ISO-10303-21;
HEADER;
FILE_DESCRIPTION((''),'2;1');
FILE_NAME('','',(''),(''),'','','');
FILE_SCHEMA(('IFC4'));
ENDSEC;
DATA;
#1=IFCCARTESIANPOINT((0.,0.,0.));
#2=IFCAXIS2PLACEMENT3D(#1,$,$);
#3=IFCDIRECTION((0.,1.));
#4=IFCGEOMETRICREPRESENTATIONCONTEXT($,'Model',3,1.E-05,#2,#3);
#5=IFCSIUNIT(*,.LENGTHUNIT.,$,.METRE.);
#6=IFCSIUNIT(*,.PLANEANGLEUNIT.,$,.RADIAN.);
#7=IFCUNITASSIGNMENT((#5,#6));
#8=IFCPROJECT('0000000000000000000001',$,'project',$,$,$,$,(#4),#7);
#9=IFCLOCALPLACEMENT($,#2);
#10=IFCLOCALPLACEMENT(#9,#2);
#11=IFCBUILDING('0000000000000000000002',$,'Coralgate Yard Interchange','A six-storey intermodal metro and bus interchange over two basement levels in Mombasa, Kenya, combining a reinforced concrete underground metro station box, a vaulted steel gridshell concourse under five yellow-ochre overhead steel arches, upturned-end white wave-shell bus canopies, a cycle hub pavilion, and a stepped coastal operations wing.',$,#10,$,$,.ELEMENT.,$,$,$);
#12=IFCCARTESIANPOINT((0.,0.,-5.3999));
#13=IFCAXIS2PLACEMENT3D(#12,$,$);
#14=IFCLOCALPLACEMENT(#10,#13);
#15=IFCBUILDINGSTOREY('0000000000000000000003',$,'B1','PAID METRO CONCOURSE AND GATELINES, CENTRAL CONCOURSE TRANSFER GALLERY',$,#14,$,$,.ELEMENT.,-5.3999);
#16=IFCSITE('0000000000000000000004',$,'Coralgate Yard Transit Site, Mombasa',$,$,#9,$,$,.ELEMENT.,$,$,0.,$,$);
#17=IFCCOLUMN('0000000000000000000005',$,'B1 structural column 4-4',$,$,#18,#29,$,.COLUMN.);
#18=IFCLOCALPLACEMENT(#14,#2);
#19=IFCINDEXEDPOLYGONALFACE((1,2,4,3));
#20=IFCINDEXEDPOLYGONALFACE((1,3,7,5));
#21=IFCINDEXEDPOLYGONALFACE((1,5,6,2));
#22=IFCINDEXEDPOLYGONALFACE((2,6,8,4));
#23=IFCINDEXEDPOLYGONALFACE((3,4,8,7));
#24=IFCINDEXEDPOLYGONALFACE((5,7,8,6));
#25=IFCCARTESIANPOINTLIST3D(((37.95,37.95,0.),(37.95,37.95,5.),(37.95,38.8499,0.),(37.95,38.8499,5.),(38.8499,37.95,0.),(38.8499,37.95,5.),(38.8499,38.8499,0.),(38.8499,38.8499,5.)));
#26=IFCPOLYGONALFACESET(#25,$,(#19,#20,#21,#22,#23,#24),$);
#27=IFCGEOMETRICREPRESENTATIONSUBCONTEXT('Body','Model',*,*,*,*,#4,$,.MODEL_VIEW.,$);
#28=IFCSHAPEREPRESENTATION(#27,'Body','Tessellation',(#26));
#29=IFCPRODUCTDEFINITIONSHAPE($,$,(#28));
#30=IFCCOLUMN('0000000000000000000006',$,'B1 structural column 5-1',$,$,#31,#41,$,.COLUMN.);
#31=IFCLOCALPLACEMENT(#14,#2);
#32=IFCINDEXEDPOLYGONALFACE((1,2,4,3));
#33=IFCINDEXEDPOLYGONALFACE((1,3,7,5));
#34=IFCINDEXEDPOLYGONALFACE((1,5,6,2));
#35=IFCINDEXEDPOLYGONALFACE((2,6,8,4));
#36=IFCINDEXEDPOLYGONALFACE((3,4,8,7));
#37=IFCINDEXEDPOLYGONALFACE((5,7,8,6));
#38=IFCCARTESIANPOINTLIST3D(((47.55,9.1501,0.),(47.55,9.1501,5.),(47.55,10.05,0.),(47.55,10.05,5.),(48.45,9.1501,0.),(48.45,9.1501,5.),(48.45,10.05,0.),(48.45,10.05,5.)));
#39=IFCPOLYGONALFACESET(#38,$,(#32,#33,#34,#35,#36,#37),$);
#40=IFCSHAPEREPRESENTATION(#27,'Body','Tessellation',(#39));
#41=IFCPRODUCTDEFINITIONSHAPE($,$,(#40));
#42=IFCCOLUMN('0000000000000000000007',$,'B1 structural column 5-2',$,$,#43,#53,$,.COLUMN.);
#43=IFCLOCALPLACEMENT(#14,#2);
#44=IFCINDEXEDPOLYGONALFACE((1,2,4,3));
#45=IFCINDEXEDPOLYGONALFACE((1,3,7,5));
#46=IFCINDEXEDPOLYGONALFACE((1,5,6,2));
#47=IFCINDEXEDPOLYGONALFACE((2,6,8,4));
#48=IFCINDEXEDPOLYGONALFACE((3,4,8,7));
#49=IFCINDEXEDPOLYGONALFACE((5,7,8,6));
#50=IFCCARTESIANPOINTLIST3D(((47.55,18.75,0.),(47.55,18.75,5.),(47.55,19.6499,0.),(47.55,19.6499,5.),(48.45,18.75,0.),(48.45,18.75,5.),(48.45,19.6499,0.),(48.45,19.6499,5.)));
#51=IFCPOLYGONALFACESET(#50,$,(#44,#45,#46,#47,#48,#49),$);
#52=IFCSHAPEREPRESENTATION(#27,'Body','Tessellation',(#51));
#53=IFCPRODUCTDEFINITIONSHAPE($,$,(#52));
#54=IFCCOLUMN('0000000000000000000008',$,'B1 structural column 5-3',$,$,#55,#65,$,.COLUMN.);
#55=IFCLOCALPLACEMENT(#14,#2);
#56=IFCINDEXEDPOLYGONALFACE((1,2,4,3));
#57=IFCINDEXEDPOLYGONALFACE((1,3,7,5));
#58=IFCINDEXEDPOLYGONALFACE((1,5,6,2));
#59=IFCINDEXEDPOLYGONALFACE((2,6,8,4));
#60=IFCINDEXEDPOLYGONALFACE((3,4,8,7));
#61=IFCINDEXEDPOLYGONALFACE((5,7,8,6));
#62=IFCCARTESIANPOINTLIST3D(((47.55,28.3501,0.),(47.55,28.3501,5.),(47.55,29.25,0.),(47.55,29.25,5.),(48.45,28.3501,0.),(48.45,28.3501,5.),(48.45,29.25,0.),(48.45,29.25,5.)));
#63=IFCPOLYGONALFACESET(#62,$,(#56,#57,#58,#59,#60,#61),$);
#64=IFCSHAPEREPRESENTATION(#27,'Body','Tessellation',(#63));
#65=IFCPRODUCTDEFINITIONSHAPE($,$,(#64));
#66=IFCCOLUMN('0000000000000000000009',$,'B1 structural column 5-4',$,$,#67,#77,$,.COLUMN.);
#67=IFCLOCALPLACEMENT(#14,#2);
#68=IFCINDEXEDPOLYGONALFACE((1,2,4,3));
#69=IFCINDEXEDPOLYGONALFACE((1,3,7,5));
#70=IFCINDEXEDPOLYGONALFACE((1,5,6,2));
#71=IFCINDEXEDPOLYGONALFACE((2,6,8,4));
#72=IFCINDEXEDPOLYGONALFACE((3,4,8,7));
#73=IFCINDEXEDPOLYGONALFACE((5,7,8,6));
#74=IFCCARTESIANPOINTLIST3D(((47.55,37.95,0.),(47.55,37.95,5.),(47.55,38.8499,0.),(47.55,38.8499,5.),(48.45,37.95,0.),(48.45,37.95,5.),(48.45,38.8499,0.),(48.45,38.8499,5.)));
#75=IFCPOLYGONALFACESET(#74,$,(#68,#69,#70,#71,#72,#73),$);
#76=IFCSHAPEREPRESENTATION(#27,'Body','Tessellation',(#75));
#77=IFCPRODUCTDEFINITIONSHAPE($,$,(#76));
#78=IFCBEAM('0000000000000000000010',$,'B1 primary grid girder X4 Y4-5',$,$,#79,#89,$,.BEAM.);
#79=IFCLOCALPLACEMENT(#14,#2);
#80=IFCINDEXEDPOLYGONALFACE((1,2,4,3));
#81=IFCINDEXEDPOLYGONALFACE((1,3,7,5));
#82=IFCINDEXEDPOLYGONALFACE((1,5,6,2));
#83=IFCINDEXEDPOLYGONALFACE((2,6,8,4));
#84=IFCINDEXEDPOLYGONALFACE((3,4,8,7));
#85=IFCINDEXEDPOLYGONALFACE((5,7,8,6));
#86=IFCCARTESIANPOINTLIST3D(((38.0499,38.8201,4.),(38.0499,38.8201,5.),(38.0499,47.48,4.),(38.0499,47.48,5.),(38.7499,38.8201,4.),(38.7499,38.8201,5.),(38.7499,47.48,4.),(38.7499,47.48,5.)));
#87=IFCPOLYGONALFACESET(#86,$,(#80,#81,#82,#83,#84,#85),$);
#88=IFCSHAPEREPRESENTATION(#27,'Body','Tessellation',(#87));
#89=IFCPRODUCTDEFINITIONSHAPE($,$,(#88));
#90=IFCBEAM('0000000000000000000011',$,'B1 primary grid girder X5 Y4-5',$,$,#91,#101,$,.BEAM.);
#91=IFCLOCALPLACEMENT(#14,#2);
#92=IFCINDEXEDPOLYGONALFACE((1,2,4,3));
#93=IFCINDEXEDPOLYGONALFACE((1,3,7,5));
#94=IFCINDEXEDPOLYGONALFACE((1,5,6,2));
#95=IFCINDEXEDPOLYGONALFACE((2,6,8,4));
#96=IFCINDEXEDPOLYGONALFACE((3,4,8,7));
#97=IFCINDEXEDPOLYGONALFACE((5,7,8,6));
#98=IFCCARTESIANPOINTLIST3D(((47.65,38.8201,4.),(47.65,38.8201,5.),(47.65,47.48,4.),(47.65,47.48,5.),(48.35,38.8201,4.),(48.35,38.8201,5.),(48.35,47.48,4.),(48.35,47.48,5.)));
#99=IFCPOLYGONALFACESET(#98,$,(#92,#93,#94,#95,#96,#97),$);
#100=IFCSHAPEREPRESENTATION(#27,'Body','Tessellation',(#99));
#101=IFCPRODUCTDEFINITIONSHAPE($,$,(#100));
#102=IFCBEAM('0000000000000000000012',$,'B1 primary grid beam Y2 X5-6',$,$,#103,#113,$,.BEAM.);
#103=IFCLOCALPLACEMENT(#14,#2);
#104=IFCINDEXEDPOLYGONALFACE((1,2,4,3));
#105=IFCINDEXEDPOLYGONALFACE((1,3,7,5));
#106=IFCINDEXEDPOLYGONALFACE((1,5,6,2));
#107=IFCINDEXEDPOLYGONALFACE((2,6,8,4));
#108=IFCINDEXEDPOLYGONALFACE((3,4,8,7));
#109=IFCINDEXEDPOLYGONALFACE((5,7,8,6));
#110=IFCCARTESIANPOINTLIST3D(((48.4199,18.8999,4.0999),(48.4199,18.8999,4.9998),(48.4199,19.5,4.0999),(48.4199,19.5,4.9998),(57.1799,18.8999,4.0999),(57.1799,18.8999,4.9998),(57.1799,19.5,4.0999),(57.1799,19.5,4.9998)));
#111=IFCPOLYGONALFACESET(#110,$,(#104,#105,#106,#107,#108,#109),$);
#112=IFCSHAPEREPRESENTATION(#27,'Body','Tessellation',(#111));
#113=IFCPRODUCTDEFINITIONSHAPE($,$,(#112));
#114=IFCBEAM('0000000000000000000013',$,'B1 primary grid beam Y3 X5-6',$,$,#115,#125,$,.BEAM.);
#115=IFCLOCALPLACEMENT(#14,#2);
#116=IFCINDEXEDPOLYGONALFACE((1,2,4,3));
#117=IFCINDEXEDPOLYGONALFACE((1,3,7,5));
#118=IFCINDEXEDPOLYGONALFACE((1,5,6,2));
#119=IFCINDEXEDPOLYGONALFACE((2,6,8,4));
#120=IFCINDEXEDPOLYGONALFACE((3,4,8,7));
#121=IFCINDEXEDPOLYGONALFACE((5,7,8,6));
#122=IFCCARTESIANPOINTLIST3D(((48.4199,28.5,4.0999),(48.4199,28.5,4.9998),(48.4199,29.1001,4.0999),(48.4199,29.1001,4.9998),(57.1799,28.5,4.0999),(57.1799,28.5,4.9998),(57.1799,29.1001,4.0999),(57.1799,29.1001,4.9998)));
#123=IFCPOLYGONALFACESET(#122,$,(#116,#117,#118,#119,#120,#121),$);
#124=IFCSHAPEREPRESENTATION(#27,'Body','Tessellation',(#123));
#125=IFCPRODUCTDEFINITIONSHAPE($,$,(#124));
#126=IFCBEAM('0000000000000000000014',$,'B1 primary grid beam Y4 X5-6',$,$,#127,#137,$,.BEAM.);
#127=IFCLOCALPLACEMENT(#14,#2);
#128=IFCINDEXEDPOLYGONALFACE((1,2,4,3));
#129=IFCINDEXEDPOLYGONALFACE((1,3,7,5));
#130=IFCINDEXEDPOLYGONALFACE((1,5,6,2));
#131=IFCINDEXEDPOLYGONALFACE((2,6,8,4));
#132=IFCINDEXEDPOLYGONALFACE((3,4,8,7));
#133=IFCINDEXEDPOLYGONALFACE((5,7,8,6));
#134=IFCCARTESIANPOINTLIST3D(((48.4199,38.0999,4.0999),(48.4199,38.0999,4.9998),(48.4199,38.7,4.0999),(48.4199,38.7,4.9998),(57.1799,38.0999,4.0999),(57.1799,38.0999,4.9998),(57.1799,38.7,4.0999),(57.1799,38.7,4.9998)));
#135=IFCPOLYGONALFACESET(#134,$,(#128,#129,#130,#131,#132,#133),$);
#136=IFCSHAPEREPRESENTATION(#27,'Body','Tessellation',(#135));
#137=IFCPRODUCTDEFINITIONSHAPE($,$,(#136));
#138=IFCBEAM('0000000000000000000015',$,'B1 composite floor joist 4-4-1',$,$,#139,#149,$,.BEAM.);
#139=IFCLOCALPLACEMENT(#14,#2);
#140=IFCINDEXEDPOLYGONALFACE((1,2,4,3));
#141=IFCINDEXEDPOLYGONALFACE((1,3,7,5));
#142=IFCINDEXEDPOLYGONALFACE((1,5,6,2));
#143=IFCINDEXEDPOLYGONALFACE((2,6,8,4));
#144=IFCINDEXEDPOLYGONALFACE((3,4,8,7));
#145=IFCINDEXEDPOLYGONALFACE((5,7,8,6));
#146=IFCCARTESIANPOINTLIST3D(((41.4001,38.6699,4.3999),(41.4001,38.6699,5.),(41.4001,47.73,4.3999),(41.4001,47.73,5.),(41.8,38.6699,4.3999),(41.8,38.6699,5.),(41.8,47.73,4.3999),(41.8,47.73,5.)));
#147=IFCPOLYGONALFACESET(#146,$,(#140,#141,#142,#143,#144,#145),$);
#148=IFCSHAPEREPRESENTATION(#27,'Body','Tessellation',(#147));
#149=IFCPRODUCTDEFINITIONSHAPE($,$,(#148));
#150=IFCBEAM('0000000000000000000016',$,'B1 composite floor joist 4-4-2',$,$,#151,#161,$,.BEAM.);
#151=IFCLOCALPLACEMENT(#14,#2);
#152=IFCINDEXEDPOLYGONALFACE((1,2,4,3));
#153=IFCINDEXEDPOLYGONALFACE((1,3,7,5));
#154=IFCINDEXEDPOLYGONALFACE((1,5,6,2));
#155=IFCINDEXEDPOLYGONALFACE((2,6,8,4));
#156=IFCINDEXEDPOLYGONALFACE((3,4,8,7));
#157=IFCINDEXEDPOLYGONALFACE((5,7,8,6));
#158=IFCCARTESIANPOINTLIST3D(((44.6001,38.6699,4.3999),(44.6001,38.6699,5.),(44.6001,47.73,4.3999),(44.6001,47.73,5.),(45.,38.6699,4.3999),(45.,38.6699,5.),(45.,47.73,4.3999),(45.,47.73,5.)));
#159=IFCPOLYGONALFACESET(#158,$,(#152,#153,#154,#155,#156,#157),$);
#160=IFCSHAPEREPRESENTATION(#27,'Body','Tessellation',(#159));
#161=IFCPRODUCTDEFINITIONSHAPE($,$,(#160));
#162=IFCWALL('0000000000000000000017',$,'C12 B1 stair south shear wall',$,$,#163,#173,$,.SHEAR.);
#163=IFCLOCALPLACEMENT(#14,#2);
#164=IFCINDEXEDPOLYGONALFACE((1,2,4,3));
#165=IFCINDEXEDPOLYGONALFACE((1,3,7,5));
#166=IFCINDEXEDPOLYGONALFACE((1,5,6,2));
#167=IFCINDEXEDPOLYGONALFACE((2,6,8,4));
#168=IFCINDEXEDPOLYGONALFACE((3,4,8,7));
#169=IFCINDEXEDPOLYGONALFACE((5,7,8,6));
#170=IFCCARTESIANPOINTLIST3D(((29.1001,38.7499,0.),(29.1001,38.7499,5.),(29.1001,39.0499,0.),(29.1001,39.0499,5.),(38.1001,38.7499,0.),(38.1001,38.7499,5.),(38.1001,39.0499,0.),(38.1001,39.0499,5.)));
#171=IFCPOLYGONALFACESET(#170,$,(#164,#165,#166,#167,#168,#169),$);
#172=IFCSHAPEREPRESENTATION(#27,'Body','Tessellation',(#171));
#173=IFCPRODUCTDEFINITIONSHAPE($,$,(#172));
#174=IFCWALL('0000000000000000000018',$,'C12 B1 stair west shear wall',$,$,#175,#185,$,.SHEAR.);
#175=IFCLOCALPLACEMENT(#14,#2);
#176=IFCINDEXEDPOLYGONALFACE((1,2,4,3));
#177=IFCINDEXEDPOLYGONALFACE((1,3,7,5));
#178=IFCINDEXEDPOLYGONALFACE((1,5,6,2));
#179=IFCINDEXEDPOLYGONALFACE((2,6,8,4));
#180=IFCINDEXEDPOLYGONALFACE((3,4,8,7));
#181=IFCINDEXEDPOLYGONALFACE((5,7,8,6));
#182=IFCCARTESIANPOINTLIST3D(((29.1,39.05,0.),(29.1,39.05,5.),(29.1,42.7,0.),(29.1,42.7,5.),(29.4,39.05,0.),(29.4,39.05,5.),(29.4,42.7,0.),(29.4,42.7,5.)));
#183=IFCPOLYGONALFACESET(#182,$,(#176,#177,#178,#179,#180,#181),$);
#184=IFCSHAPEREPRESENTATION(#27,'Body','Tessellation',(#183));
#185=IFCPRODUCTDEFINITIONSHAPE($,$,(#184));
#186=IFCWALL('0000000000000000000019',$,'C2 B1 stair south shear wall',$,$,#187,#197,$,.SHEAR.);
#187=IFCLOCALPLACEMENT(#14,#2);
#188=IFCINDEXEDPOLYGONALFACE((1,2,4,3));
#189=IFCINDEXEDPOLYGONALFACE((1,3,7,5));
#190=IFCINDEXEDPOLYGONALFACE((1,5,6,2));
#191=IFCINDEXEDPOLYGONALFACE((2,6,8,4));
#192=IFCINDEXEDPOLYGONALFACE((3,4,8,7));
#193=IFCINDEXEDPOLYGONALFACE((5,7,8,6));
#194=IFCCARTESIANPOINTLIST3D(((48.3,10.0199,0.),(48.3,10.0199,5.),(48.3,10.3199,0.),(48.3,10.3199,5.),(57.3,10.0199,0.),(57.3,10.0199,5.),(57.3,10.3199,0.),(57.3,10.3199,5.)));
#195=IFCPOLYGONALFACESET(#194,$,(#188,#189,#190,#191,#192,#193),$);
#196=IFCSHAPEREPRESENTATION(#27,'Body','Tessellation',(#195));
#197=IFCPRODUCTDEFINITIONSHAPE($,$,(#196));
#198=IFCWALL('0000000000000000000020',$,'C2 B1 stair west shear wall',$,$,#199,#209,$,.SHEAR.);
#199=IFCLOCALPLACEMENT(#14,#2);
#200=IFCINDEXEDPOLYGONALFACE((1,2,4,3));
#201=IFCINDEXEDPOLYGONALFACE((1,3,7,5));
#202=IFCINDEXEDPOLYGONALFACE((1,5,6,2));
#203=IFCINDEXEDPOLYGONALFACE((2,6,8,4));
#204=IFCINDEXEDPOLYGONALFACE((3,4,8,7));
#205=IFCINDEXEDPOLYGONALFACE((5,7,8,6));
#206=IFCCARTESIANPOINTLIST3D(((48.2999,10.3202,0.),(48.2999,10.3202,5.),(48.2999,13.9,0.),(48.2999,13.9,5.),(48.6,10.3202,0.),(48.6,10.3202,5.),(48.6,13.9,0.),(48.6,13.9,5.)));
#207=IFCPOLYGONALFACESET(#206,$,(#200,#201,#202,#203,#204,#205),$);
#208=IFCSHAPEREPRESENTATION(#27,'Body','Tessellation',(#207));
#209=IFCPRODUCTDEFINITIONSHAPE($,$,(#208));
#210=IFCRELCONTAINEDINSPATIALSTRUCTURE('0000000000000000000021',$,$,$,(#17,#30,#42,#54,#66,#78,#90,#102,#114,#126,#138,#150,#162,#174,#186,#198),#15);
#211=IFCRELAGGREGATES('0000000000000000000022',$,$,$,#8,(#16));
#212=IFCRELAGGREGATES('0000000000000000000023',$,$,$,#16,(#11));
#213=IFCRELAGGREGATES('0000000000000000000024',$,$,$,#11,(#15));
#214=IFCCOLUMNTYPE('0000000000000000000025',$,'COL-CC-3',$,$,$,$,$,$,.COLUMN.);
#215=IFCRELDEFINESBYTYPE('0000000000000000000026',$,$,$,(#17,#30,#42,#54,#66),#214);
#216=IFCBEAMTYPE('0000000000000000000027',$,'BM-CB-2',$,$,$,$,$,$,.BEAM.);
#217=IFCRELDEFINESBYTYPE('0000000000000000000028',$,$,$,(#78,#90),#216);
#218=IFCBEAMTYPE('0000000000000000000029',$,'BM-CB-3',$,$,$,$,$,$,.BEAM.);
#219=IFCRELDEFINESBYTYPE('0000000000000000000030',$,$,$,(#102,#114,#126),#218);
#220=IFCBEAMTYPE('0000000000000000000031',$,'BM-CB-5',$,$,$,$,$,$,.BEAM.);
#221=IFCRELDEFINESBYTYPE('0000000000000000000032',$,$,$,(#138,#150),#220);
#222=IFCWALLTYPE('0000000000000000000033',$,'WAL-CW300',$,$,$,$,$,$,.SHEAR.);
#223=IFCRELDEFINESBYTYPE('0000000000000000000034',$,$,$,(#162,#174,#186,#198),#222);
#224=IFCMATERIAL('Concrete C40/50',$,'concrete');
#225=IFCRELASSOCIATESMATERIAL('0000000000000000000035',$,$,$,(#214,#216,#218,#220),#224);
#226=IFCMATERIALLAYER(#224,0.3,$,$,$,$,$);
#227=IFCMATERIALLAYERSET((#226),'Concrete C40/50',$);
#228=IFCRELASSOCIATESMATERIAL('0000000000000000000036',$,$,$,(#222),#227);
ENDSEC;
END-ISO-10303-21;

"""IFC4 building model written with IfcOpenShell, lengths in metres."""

from ifc_helpers import new_model, si_unit, direction, frame, frame_2d, origin, origin_2d, place, context, subcontext, project, spatial, rectangle, extrude, material, layer, layer_set, material_profile, profile_set, type_object, element, save


model = new_model("IFC4")

# Units and contexts
model_context = context("Model", 3, precision=1e-05, world=origin(), true_north=direction((0.0, 1.0)))
body_context = subcontext(model_context, "Body", "Model", "MODEL_VIEW")
ifc_project = project(units=[si_unit("LENGTHUNIT", "METRE"), si_unit("PLANEANGLEUNIT", "RADIAN")], contexts=[model_context])

# Site, building, storey
site_placement = place(None, origin())
site = spatial("IfcSite", under=ifc_project, at=site_placement, Name="Coralgate Yard Transit Site, Mombasa", CompositionType="ELEMENT", RefElevation=0.0)
building_placement = place(site_placement, origin())
building = spatial("IfcBuilding", under=site, at=building_placement, Name="Coralgate Yard Interchange", Description="A six-storey intermodal metro and bus interchange over two basement levels in Mombasa, Kenya, combining a reinforced concrete underground metro station box, a vaulted steel gridshell concourse under five yellow-ochre overhead steel arches, upturned-end white wave-shell bus canopies, a cycle hub pavilion, and a stepped coastal operations wing.", CompositionType="ELEMENT")
storey_placement = place(building_placement, frame((0.0, 0.0, -5.3999)))
storey = spatial("IfcBuildingStorey", under=building, at=storey_placement, Name="B1", Description="PAID METRO CONCOURSE AND GATELINES, CENTRAL CONCOURSE TRANSFER GALLERY", CompositionType="ELEMENT", Elevation=-5.3999)

# Columns
ifc_material_1 = material(Name="Concrete C40/50", Category="concrete")
ifc_material_profile_1 = material_profile(ifc_material_1, rectangle(XDim=0.8999, YDim=0.8999, at=origin_2d()), Name="RC 900x900")
ifc_profile_set_1 = profile_set([ifc_material_profile_1], Name="Concrete C40/50")
column_type = type_object("IfcColumnType", Name="COL-CC-3", PredefinedType="COLUMN", material=ifc_profile_set_1)
for number, where, z_axis, x_axis, name in (
    (1, (38.3999, 38.3999, 0.0), (0.0, 0.0, 1.0), (1.0, 0.0, 0.0), "B1 structural column 4-4"),
    (2, (48.0, 9.6001, 0.0), (0.0, 0.0, 1.0), (1.0, 0.0, 0.0), "B1 structural column 5-1"),
    (3, (48.0, 19.2, 0.0), (0.0, 0.0, 1.0), (1.0, 0.0, 0.0), "B1 structural column 5-2"),
    (4, (48.0, 28.8, 0.0), (0.0, 0.0, 1.0), (1.0, 0.0, 0.0), "B1 structural column 5-3"),
    (5, (48.0, 38.3999, 0.0), (0.0, 0.0, 1.0), (1.0, 0.0, 0.0), "B1 structural column 5-4"),
):
    element("IfcColumn", number, at=place(storey_placement, frame(where, z_axis=z_axis, x_axis=x_axis)), inside=storey, type_object=column_type, Name=name, PredefinedType="COLUMN", context=body_context, shape_type="SweptSolid", body=[
        extrude(rectangle(XDim=0.8999, YDim=0.8999, at=origin_2d()), origin(), (0.0, 0.0, 1.0), 5.0),
    ])

# Beams
ifc_material_profile_2 = material_profile(ifc_material_1, rectangle(XDim=0.7, YDim=1.0, at=origin_2d()), Name="RC 700x1000")
ifc_profile_set_2 = profile_set([ifc_material_profile_2], Name="Concrete C40/50")
beam_type_1 = type_object("IfcBeamType", Name="BM-CB-2", PredefinedType="BEAM", material=ifc_profile_set_2)
for number, where, z_axis, x_axis, name in (
    (6, (38.3999, 38.8201, 4.5), (0.0, 1.0, 0.0), (-1.0, 0.0, 0.0), "B1 primary grid girder X4 Y4-5"),
    (7, (48.0, 38.8201, 4.5), (0.0, 1.0, 0.0), (-1.0, 0.0, 0.0), "B1 primary grid girder X5 Y4-5"),
):
    element("IfcBeam", number, at=place(storey_placement, frame(where, z_axis=z_axis, x_axis=x_axis)), inside=storey, type_object=beam_type_1, Name=name, PredefinedType="BEAM", context=body_context, shape_type="SweptSolid", body=[
        extrude(rectangle(XDim=0.7, YDim=1.0, at=origin_2d()), origin(), (0.0, 0.0, 1.0), 8.6599),
    ])
ifc_material_profile_3 = material_profile(ifc_material_1, rectangle(XDim=0.6001, YDim=0.8999, at=origin_2d()), Name="RC 600x900")
ifc_profile_set_3 = profile_set([ifc_material_profile_3], Name="Concrete C40/50")
beam_type_2 = type_object("IfcBeamType", Name="BM-CB-3", PredefinedType="BEAM", material=ifc_profile_set_3)
for number, where, z_axis, x_axis, name in (
    (8, (48.4199, 19.2, 4.5498), (1.0, 0.0, 0.0), (0.0, 1.0, 0.0), "B1 primary grid beam Y2 X5-6"),
    (9, (48.4199, 28.8, 4.5498), (1.0, 0.0, 0.0), (0.0, 1.0, 0.0), "B1 primary grid beam Y3 X5-6"),
    (10, (48.4199, 38.3999, 4.5498), (1.0, 0.0, 0.0), (0.0, 1.0, 0.0), "B1 primary grid beam Y4 X5-6"),
):
    element("IfcBeam", number, at=place(storey_placement, frame(where, z_axis=z_axis, x_axis=x_axis)), inside=storey, type_object=beam_type_2, Name=name, PredefinedType="BEAM", context=body_context, shape_type="SweptSolid", body=[
        extrude(rectangle(XDim=0.6001, YDim=0.8999, at=origin_2d()), origin(), (0.0, 0.0, 1.0), 8.76),
    ])
ifc_material_profile_4 = material_profile(ifc_material_1, rectangle(XDim=0.3999, YDim=0.6001, at=origin_2d()), Name="RC 400x600")
ifc_profile_set_4 = profile_set([ifc_material_profile_4], Name="Concrete C40/50")
beam_type_3 = type_object("IfcBeamType", Name="BM-CB-5", PredefinedType="BEAM", material=ifc_profile_set_4)
for number, where, z_axis, x_axis, name in (
    (11, (41.6001, 38.6699, 4.7), (0.0, 1.0, 0.0), (-1.0, 0.0, 0.0), "B1 composite floor joist 4-4-1"),
    (12, (44.8, 38.6699, 4.7), (0.0, 1.0, 0.0), (-1.0, 0.0, 0.0), "B1 composite floor joist 4-4-2"),
):
    element("IfcBeam", number, at=place(storey_placement, frame(where, z_axis=z_axis, x_axis=x_axis)), inside=storey, type_object=beam_type_3, Name=name, PredefinedType="BEAM", context=body_context, shape_type="SweptSolid", body=[
        extrude(rectangle(XDim=0.3999, YDim=0.6001, at=origin_2d()), origin(), (0.0, 0.0, 1.0), 9.0601),
    ])

# Walls
ifc_layer_1 = layer(ifc_material_1, 0.3)
ifc_layer_set_1 = layer_set([ifc_layer_1], Name="Concrete C40/50")
wall_type_1 = type_object("IfcWallType", Name="WAL-CW300", PredefinedType="SHEAR", material=ifc_layer_set_1)
wall_1_placement = place(storey_placement, frame((29.1001, 38.8999, 0.0), z_axis=(0.0, 0.0, 1.0), x_axis=(1.0, 0.0, 0.0)))
element("IfcWall", 13, at=wall_1_placement, inside=storey, type_object=wall_type_1, Name="C12 B1 stair south shear wall", PredefinedType="SHEAR", context=body_context, shape_type="SweptSolid", body=[
    extrude(rectangle(XDim=9.0, YDim=0.3, at=frame_2d((4.5, 0.0))), origin(), (0.0, 0.0, 1.0), 5.0),
])
wall_2_placement = place(storey_placement, frame((29.25, 39.05, 0.0), z_axis=(0.0, 0.0, 1.0), x_axis=(0.0, 1.0, 0.0)))
element("IfcWall", 14, at=wall_2_placement, inside=storey, type_object=wall_type_1, Name="C12 B1 stair west shear wall", PredefinedType="SHEAR", context=body_context, shape_type="SweptSolid", body=[
    extrude(rectangle(XDim=3.6499, YDim=0.3, at=frame_2d((1.825, 0.0))), origin(), (0.0, 0.0, 1.0), 5.0),
])
wall_3_placement = place(storey_placement, frame((48.3, 10.1699, 0.0), z_axis=(0.0, 0.0, 1.0), x_axis=(1.0, 0.0, 0.0)))
element("IfcWall", 15, at=wall_3_placement, inside=storey, type_object=wall_type_1, Name="C2 B1 stair south shear wall", PredefinedType="SHEAR", context=body_context, shape_type="SweptSolid", body=[
    extrude(rectangle(XDim=9.0, YDim=0.3, at=frame_2d((4.5, 0.0))), origin(), (0.0, 0.0, 1.0), 5.0),
])
wall_4_placement = place(storey_placement, frame((48.45, 10.3201, 0.0), z_axis=(0.0, 0.0, 1.0), x_axis=(0.0, 1.0, 0.0)))
element("IfcWall", 16, at=wall_4_placement, inside=storey, type_object=wall_type_1, Name="C2 B1 stair west shear wall", PredefinedType="SHEAR", context=body_context, shape_type="SweptSolid", body=[
    extrude(rectangle(XDim=3.5798, YDim=0.3, at=frame_2d((1.79, 0.0))), origin(), (0.0, 0.0, 1.0), 5.0),
])

save(model, "model.ifc")
